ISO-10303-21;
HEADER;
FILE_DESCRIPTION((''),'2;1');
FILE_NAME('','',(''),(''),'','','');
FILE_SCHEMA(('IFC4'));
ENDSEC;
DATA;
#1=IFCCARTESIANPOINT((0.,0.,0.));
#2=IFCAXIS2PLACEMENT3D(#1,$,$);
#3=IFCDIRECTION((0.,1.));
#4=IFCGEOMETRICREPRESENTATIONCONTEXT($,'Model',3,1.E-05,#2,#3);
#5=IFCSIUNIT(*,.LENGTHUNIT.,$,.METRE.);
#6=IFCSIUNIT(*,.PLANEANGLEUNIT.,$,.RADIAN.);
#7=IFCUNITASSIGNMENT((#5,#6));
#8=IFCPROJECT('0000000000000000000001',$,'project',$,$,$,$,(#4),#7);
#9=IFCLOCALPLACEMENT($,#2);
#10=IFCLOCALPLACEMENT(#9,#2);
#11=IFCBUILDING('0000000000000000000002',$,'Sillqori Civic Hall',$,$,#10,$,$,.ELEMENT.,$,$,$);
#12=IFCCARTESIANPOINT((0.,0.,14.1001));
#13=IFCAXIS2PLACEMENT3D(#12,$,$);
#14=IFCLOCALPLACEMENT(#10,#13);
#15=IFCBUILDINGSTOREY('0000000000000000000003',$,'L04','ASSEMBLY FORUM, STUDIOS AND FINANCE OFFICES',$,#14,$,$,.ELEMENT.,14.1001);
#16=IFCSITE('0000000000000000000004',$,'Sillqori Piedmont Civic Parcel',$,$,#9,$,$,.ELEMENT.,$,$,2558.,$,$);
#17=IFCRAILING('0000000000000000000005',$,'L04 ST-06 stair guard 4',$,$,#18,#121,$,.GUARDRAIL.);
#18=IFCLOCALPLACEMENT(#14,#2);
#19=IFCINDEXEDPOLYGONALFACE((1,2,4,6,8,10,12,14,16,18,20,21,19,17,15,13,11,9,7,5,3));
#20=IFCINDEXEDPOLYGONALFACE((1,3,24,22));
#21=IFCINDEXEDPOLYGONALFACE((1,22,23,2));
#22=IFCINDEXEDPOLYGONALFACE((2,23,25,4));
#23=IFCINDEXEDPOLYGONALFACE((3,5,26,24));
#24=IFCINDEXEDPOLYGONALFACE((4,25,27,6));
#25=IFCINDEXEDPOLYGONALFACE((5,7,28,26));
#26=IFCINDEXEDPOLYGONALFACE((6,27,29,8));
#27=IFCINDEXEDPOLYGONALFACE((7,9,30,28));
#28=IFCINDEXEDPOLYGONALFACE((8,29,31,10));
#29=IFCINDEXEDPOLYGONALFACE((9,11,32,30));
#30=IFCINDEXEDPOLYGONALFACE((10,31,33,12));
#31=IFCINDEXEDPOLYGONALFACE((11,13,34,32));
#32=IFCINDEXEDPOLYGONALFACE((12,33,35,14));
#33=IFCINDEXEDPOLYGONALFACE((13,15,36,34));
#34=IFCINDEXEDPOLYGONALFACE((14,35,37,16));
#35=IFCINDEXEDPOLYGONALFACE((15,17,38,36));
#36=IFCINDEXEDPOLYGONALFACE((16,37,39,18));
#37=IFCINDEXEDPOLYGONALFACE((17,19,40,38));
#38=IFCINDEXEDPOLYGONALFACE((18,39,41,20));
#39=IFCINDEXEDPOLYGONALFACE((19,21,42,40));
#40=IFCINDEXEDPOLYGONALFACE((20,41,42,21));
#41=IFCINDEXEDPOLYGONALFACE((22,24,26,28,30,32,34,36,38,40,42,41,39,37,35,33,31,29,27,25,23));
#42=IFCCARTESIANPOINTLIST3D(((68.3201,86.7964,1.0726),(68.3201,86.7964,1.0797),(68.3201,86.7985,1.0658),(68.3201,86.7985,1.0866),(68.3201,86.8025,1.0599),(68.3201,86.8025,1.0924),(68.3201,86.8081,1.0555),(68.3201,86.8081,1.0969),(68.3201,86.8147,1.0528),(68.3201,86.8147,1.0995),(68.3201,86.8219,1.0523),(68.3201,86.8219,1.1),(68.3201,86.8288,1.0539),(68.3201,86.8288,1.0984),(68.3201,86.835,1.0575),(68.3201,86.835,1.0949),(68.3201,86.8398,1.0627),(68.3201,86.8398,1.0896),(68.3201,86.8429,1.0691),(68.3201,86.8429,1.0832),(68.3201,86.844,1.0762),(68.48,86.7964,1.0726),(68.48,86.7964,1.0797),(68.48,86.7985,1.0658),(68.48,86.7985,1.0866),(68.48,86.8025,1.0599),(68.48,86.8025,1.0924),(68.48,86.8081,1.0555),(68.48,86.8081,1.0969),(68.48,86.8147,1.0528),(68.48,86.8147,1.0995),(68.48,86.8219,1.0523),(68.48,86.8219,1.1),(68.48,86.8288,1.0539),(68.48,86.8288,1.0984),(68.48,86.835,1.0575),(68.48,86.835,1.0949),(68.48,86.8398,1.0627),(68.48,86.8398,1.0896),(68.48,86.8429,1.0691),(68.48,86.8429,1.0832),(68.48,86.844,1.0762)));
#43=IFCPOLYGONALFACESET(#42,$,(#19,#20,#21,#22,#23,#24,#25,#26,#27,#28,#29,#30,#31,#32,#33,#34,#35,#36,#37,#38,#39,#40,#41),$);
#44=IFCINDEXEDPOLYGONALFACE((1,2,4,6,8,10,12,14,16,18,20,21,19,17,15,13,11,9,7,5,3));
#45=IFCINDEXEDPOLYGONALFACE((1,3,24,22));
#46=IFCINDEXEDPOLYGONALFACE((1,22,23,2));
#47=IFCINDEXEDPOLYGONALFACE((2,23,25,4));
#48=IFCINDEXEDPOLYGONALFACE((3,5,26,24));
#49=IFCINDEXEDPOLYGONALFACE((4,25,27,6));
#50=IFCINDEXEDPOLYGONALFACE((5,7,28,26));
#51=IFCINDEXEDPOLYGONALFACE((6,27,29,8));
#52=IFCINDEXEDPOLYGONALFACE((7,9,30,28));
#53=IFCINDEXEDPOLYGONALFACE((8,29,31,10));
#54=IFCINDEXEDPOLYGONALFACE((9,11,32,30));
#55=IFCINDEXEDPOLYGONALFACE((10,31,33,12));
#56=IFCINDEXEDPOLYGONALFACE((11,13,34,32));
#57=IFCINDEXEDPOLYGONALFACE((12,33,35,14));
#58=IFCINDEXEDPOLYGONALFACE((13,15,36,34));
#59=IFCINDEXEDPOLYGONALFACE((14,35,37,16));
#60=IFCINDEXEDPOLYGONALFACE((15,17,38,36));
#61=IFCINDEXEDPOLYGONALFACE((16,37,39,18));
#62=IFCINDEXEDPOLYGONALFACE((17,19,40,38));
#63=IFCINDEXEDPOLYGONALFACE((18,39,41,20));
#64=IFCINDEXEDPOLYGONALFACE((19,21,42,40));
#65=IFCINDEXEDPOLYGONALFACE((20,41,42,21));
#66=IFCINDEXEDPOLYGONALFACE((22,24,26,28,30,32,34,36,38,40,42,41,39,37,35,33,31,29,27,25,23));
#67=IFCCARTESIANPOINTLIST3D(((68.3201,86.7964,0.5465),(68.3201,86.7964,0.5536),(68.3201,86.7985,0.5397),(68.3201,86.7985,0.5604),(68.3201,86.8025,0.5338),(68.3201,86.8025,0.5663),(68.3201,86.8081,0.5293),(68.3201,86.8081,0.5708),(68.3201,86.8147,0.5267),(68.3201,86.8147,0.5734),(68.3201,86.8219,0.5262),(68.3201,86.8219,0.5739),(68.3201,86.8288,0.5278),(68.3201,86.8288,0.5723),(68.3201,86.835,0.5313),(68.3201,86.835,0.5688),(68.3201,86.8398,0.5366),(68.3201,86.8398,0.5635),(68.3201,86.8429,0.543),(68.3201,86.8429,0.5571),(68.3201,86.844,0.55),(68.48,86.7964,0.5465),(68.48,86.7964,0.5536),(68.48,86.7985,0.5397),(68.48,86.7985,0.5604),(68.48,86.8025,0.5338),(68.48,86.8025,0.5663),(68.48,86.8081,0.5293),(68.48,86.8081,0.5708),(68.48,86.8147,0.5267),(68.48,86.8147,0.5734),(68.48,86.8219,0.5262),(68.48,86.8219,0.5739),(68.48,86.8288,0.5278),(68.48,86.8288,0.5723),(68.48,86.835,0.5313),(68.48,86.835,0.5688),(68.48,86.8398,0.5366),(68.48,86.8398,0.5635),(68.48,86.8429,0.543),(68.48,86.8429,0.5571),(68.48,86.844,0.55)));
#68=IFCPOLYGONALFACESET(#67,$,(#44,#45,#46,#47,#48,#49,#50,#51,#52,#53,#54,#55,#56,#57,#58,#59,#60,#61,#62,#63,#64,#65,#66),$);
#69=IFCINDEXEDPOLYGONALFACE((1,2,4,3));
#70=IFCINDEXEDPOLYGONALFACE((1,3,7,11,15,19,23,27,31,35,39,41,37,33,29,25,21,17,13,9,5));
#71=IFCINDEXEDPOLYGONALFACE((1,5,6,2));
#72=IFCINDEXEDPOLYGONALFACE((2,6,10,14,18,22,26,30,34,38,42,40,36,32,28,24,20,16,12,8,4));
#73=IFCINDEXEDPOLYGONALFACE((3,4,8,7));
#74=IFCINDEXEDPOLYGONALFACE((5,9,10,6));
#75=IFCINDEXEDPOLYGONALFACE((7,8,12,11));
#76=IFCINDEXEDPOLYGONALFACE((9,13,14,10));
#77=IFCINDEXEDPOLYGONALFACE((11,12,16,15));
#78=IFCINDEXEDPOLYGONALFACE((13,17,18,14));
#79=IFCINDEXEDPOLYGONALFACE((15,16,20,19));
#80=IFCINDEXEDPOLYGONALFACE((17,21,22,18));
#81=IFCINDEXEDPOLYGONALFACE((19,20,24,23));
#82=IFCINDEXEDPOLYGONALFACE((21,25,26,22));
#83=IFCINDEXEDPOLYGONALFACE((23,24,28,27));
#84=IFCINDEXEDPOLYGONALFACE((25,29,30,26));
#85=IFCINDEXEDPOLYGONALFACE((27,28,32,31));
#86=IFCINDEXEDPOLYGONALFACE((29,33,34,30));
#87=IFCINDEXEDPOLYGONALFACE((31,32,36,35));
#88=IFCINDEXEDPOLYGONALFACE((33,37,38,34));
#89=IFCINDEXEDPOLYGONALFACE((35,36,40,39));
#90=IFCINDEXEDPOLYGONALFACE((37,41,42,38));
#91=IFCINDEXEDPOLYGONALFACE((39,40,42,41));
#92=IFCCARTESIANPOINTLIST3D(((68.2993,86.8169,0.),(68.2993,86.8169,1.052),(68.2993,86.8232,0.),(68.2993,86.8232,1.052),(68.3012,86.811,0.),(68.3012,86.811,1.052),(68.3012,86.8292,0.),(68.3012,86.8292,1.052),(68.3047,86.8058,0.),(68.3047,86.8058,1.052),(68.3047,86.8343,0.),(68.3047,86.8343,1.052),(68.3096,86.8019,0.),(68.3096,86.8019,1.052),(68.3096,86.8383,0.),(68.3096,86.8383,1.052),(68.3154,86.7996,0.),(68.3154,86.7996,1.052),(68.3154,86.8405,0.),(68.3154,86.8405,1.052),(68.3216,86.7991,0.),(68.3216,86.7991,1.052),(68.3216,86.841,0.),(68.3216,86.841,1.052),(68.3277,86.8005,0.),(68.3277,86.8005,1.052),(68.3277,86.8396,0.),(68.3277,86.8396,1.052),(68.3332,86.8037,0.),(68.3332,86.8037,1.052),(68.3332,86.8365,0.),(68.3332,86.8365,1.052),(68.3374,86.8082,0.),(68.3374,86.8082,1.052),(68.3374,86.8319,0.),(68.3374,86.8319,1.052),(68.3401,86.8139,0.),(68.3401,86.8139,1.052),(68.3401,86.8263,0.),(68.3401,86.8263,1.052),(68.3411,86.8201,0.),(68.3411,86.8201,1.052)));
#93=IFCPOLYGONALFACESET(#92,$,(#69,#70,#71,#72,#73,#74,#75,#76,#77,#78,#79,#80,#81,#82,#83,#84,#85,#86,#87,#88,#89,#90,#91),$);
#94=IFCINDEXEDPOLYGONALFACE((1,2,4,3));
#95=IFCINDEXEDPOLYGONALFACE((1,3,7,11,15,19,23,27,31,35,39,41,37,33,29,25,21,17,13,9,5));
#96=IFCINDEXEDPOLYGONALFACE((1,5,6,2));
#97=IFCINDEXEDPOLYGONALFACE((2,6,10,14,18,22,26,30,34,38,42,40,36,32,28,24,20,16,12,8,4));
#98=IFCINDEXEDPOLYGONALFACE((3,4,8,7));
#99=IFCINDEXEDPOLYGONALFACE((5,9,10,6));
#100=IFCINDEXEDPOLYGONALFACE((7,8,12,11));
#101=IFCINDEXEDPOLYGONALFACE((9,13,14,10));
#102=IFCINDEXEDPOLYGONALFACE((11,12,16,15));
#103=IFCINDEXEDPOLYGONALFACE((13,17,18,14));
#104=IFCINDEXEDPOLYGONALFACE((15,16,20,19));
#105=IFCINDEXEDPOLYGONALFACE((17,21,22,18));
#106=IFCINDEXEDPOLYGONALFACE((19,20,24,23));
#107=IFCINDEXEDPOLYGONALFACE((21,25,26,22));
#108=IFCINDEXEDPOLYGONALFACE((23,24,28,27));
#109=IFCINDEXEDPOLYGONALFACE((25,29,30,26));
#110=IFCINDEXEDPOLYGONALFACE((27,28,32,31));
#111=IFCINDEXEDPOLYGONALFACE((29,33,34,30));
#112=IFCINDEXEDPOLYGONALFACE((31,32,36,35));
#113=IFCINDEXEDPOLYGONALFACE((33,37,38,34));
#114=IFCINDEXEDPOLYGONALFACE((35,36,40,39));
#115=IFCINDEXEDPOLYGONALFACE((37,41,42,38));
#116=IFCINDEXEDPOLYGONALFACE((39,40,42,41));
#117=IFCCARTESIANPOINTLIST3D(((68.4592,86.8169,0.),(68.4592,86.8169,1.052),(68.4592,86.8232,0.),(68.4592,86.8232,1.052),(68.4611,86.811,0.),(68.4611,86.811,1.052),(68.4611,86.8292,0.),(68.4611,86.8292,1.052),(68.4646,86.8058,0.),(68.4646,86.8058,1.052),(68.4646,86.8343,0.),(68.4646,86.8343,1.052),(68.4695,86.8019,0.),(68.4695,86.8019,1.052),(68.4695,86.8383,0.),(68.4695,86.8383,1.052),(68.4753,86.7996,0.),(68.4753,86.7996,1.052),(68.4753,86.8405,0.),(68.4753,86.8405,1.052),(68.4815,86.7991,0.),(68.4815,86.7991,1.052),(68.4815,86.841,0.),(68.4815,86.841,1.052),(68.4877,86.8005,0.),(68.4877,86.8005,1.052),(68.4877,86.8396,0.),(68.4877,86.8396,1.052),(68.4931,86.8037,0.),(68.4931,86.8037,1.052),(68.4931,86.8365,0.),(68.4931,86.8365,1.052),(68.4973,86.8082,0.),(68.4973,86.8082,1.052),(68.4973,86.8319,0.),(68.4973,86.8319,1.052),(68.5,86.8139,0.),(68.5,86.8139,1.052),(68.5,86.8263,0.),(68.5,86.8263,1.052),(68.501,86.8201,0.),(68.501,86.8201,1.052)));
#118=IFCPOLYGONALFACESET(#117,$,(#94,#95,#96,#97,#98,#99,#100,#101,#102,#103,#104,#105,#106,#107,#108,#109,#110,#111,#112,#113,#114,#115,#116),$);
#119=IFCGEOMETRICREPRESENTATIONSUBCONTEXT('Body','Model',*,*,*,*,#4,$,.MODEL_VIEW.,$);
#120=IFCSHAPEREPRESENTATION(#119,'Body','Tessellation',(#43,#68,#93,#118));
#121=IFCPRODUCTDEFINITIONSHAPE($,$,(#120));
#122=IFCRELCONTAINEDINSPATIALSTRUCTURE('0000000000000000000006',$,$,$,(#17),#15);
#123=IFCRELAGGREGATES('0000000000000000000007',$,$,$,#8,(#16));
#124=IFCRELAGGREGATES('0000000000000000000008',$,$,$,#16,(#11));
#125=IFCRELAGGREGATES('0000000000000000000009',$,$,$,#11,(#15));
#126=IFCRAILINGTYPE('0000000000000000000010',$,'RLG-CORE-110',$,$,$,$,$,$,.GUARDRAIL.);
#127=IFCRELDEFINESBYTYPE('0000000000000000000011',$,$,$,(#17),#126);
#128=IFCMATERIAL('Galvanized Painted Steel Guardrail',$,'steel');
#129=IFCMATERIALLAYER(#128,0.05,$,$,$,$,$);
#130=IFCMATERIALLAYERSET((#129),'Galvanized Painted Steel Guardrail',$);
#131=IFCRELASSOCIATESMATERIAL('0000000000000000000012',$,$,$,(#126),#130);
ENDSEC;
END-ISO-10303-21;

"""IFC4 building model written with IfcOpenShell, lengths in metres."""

from ifc_helpers import new_model, si_unit, direction, frame, origin, origin_2d, place, context, subcontext, project, spatial, circle, extrude, material, layer, layer_set, type_object, element, save


model = new_model("IFC4")

# Units and contexts
model_context = context("Model", 3, precision=1e-05, world=origin(), true_north=direction((0.0, 1.0)))
body_context = subcontext(model_context, "Body", "Model", "MODEL_VIEW")
ifc_project = project(units=[si_unit("LENGTHUNIT", "METRE"), si_unit("PLANEANGLEUNIT", "RADIAN")], contexts=[model_context])

# Site, building, storey
site_placement = place(None, origin())
site = spatial("IfcSite", under=ifc_project, at=site_placement, Name="Sillqori Piedmont Civic Parcel", CompositionType="ELEMENT", RefElevation=2558.0)
building_placement = place(site_placement, origin())
building = spatial("IfcBuilding", under=site, at=building_placement, Name="Sillqori Civic Hall", CompositionType="ELEMENT")
storey_placement = place(building_placement, frame((0.0, 0.0, 14.1001)))
storey = spatial("IfcBuildingStorey", under=building, at=storey_placement, Name="L04", Description="ASSEMBLY FORUM, STUDIOS AND FINANCE OFFICES", CompositionType="ELEMENT", Elevation=14.1001)

# Railing
ifc_material_1 = material(Name="Galvanized Painted Steel Guardrail", Category="steel")
ifc_layer_1 = layer(ifc_material_1, 0.05)
ifc_layer_set_1 = layer_set([ifc_layer_1], Name="Galvanized Painted Steel Guardrail")
railing_type_1 = type_object("IfcRailingType", Name="RLG-CORE-110", PredefinedType="GUARDRAIL", material=ifc_layer_set_1)
railing_1_placement = place(storey_placement, frame((68.3201, 86.8201, 0.0)))
element("IfcRailing", 1, at=railing_1_placement, inside=storey, type_object=railing_type_1, Name="L04 ST-06 stair guard 4", PredefinedType="GUARDRAIL", context=body_context, shape_type="SweptSolid", body=[
    extrude(circle(Radius=0.0239, at=origin_2d()), frame((0.0, 0.0, 1.0762), z_axis=(1.0, 0.0, 0.0), x_axis=(0.0, 1.0, 0.0)), (0.0, 0.0, 1.0), 0.1599),
    extrude(circle(Radius=0.0239, at=origin_2d()), frame((0.0, 0.0, 0.55), z_axis=(1.0, 0.0, 0.0), x_axis=(0.0, 1.0, 0.0)), (0.0, 0.0, 1.0), 0.1599),
    extrude(circle(Radius=0.021, at=origin_2d()), origin(), (0.0, 0.0, 1.0), 1.052),
    extrude(circle(Radius=0.021, at=origin_2d()), frame((0.1599, 0.0, 0.0)), (0.0, 0.0, 1.0), 1.052),
])

save(model, "model.ifc")
